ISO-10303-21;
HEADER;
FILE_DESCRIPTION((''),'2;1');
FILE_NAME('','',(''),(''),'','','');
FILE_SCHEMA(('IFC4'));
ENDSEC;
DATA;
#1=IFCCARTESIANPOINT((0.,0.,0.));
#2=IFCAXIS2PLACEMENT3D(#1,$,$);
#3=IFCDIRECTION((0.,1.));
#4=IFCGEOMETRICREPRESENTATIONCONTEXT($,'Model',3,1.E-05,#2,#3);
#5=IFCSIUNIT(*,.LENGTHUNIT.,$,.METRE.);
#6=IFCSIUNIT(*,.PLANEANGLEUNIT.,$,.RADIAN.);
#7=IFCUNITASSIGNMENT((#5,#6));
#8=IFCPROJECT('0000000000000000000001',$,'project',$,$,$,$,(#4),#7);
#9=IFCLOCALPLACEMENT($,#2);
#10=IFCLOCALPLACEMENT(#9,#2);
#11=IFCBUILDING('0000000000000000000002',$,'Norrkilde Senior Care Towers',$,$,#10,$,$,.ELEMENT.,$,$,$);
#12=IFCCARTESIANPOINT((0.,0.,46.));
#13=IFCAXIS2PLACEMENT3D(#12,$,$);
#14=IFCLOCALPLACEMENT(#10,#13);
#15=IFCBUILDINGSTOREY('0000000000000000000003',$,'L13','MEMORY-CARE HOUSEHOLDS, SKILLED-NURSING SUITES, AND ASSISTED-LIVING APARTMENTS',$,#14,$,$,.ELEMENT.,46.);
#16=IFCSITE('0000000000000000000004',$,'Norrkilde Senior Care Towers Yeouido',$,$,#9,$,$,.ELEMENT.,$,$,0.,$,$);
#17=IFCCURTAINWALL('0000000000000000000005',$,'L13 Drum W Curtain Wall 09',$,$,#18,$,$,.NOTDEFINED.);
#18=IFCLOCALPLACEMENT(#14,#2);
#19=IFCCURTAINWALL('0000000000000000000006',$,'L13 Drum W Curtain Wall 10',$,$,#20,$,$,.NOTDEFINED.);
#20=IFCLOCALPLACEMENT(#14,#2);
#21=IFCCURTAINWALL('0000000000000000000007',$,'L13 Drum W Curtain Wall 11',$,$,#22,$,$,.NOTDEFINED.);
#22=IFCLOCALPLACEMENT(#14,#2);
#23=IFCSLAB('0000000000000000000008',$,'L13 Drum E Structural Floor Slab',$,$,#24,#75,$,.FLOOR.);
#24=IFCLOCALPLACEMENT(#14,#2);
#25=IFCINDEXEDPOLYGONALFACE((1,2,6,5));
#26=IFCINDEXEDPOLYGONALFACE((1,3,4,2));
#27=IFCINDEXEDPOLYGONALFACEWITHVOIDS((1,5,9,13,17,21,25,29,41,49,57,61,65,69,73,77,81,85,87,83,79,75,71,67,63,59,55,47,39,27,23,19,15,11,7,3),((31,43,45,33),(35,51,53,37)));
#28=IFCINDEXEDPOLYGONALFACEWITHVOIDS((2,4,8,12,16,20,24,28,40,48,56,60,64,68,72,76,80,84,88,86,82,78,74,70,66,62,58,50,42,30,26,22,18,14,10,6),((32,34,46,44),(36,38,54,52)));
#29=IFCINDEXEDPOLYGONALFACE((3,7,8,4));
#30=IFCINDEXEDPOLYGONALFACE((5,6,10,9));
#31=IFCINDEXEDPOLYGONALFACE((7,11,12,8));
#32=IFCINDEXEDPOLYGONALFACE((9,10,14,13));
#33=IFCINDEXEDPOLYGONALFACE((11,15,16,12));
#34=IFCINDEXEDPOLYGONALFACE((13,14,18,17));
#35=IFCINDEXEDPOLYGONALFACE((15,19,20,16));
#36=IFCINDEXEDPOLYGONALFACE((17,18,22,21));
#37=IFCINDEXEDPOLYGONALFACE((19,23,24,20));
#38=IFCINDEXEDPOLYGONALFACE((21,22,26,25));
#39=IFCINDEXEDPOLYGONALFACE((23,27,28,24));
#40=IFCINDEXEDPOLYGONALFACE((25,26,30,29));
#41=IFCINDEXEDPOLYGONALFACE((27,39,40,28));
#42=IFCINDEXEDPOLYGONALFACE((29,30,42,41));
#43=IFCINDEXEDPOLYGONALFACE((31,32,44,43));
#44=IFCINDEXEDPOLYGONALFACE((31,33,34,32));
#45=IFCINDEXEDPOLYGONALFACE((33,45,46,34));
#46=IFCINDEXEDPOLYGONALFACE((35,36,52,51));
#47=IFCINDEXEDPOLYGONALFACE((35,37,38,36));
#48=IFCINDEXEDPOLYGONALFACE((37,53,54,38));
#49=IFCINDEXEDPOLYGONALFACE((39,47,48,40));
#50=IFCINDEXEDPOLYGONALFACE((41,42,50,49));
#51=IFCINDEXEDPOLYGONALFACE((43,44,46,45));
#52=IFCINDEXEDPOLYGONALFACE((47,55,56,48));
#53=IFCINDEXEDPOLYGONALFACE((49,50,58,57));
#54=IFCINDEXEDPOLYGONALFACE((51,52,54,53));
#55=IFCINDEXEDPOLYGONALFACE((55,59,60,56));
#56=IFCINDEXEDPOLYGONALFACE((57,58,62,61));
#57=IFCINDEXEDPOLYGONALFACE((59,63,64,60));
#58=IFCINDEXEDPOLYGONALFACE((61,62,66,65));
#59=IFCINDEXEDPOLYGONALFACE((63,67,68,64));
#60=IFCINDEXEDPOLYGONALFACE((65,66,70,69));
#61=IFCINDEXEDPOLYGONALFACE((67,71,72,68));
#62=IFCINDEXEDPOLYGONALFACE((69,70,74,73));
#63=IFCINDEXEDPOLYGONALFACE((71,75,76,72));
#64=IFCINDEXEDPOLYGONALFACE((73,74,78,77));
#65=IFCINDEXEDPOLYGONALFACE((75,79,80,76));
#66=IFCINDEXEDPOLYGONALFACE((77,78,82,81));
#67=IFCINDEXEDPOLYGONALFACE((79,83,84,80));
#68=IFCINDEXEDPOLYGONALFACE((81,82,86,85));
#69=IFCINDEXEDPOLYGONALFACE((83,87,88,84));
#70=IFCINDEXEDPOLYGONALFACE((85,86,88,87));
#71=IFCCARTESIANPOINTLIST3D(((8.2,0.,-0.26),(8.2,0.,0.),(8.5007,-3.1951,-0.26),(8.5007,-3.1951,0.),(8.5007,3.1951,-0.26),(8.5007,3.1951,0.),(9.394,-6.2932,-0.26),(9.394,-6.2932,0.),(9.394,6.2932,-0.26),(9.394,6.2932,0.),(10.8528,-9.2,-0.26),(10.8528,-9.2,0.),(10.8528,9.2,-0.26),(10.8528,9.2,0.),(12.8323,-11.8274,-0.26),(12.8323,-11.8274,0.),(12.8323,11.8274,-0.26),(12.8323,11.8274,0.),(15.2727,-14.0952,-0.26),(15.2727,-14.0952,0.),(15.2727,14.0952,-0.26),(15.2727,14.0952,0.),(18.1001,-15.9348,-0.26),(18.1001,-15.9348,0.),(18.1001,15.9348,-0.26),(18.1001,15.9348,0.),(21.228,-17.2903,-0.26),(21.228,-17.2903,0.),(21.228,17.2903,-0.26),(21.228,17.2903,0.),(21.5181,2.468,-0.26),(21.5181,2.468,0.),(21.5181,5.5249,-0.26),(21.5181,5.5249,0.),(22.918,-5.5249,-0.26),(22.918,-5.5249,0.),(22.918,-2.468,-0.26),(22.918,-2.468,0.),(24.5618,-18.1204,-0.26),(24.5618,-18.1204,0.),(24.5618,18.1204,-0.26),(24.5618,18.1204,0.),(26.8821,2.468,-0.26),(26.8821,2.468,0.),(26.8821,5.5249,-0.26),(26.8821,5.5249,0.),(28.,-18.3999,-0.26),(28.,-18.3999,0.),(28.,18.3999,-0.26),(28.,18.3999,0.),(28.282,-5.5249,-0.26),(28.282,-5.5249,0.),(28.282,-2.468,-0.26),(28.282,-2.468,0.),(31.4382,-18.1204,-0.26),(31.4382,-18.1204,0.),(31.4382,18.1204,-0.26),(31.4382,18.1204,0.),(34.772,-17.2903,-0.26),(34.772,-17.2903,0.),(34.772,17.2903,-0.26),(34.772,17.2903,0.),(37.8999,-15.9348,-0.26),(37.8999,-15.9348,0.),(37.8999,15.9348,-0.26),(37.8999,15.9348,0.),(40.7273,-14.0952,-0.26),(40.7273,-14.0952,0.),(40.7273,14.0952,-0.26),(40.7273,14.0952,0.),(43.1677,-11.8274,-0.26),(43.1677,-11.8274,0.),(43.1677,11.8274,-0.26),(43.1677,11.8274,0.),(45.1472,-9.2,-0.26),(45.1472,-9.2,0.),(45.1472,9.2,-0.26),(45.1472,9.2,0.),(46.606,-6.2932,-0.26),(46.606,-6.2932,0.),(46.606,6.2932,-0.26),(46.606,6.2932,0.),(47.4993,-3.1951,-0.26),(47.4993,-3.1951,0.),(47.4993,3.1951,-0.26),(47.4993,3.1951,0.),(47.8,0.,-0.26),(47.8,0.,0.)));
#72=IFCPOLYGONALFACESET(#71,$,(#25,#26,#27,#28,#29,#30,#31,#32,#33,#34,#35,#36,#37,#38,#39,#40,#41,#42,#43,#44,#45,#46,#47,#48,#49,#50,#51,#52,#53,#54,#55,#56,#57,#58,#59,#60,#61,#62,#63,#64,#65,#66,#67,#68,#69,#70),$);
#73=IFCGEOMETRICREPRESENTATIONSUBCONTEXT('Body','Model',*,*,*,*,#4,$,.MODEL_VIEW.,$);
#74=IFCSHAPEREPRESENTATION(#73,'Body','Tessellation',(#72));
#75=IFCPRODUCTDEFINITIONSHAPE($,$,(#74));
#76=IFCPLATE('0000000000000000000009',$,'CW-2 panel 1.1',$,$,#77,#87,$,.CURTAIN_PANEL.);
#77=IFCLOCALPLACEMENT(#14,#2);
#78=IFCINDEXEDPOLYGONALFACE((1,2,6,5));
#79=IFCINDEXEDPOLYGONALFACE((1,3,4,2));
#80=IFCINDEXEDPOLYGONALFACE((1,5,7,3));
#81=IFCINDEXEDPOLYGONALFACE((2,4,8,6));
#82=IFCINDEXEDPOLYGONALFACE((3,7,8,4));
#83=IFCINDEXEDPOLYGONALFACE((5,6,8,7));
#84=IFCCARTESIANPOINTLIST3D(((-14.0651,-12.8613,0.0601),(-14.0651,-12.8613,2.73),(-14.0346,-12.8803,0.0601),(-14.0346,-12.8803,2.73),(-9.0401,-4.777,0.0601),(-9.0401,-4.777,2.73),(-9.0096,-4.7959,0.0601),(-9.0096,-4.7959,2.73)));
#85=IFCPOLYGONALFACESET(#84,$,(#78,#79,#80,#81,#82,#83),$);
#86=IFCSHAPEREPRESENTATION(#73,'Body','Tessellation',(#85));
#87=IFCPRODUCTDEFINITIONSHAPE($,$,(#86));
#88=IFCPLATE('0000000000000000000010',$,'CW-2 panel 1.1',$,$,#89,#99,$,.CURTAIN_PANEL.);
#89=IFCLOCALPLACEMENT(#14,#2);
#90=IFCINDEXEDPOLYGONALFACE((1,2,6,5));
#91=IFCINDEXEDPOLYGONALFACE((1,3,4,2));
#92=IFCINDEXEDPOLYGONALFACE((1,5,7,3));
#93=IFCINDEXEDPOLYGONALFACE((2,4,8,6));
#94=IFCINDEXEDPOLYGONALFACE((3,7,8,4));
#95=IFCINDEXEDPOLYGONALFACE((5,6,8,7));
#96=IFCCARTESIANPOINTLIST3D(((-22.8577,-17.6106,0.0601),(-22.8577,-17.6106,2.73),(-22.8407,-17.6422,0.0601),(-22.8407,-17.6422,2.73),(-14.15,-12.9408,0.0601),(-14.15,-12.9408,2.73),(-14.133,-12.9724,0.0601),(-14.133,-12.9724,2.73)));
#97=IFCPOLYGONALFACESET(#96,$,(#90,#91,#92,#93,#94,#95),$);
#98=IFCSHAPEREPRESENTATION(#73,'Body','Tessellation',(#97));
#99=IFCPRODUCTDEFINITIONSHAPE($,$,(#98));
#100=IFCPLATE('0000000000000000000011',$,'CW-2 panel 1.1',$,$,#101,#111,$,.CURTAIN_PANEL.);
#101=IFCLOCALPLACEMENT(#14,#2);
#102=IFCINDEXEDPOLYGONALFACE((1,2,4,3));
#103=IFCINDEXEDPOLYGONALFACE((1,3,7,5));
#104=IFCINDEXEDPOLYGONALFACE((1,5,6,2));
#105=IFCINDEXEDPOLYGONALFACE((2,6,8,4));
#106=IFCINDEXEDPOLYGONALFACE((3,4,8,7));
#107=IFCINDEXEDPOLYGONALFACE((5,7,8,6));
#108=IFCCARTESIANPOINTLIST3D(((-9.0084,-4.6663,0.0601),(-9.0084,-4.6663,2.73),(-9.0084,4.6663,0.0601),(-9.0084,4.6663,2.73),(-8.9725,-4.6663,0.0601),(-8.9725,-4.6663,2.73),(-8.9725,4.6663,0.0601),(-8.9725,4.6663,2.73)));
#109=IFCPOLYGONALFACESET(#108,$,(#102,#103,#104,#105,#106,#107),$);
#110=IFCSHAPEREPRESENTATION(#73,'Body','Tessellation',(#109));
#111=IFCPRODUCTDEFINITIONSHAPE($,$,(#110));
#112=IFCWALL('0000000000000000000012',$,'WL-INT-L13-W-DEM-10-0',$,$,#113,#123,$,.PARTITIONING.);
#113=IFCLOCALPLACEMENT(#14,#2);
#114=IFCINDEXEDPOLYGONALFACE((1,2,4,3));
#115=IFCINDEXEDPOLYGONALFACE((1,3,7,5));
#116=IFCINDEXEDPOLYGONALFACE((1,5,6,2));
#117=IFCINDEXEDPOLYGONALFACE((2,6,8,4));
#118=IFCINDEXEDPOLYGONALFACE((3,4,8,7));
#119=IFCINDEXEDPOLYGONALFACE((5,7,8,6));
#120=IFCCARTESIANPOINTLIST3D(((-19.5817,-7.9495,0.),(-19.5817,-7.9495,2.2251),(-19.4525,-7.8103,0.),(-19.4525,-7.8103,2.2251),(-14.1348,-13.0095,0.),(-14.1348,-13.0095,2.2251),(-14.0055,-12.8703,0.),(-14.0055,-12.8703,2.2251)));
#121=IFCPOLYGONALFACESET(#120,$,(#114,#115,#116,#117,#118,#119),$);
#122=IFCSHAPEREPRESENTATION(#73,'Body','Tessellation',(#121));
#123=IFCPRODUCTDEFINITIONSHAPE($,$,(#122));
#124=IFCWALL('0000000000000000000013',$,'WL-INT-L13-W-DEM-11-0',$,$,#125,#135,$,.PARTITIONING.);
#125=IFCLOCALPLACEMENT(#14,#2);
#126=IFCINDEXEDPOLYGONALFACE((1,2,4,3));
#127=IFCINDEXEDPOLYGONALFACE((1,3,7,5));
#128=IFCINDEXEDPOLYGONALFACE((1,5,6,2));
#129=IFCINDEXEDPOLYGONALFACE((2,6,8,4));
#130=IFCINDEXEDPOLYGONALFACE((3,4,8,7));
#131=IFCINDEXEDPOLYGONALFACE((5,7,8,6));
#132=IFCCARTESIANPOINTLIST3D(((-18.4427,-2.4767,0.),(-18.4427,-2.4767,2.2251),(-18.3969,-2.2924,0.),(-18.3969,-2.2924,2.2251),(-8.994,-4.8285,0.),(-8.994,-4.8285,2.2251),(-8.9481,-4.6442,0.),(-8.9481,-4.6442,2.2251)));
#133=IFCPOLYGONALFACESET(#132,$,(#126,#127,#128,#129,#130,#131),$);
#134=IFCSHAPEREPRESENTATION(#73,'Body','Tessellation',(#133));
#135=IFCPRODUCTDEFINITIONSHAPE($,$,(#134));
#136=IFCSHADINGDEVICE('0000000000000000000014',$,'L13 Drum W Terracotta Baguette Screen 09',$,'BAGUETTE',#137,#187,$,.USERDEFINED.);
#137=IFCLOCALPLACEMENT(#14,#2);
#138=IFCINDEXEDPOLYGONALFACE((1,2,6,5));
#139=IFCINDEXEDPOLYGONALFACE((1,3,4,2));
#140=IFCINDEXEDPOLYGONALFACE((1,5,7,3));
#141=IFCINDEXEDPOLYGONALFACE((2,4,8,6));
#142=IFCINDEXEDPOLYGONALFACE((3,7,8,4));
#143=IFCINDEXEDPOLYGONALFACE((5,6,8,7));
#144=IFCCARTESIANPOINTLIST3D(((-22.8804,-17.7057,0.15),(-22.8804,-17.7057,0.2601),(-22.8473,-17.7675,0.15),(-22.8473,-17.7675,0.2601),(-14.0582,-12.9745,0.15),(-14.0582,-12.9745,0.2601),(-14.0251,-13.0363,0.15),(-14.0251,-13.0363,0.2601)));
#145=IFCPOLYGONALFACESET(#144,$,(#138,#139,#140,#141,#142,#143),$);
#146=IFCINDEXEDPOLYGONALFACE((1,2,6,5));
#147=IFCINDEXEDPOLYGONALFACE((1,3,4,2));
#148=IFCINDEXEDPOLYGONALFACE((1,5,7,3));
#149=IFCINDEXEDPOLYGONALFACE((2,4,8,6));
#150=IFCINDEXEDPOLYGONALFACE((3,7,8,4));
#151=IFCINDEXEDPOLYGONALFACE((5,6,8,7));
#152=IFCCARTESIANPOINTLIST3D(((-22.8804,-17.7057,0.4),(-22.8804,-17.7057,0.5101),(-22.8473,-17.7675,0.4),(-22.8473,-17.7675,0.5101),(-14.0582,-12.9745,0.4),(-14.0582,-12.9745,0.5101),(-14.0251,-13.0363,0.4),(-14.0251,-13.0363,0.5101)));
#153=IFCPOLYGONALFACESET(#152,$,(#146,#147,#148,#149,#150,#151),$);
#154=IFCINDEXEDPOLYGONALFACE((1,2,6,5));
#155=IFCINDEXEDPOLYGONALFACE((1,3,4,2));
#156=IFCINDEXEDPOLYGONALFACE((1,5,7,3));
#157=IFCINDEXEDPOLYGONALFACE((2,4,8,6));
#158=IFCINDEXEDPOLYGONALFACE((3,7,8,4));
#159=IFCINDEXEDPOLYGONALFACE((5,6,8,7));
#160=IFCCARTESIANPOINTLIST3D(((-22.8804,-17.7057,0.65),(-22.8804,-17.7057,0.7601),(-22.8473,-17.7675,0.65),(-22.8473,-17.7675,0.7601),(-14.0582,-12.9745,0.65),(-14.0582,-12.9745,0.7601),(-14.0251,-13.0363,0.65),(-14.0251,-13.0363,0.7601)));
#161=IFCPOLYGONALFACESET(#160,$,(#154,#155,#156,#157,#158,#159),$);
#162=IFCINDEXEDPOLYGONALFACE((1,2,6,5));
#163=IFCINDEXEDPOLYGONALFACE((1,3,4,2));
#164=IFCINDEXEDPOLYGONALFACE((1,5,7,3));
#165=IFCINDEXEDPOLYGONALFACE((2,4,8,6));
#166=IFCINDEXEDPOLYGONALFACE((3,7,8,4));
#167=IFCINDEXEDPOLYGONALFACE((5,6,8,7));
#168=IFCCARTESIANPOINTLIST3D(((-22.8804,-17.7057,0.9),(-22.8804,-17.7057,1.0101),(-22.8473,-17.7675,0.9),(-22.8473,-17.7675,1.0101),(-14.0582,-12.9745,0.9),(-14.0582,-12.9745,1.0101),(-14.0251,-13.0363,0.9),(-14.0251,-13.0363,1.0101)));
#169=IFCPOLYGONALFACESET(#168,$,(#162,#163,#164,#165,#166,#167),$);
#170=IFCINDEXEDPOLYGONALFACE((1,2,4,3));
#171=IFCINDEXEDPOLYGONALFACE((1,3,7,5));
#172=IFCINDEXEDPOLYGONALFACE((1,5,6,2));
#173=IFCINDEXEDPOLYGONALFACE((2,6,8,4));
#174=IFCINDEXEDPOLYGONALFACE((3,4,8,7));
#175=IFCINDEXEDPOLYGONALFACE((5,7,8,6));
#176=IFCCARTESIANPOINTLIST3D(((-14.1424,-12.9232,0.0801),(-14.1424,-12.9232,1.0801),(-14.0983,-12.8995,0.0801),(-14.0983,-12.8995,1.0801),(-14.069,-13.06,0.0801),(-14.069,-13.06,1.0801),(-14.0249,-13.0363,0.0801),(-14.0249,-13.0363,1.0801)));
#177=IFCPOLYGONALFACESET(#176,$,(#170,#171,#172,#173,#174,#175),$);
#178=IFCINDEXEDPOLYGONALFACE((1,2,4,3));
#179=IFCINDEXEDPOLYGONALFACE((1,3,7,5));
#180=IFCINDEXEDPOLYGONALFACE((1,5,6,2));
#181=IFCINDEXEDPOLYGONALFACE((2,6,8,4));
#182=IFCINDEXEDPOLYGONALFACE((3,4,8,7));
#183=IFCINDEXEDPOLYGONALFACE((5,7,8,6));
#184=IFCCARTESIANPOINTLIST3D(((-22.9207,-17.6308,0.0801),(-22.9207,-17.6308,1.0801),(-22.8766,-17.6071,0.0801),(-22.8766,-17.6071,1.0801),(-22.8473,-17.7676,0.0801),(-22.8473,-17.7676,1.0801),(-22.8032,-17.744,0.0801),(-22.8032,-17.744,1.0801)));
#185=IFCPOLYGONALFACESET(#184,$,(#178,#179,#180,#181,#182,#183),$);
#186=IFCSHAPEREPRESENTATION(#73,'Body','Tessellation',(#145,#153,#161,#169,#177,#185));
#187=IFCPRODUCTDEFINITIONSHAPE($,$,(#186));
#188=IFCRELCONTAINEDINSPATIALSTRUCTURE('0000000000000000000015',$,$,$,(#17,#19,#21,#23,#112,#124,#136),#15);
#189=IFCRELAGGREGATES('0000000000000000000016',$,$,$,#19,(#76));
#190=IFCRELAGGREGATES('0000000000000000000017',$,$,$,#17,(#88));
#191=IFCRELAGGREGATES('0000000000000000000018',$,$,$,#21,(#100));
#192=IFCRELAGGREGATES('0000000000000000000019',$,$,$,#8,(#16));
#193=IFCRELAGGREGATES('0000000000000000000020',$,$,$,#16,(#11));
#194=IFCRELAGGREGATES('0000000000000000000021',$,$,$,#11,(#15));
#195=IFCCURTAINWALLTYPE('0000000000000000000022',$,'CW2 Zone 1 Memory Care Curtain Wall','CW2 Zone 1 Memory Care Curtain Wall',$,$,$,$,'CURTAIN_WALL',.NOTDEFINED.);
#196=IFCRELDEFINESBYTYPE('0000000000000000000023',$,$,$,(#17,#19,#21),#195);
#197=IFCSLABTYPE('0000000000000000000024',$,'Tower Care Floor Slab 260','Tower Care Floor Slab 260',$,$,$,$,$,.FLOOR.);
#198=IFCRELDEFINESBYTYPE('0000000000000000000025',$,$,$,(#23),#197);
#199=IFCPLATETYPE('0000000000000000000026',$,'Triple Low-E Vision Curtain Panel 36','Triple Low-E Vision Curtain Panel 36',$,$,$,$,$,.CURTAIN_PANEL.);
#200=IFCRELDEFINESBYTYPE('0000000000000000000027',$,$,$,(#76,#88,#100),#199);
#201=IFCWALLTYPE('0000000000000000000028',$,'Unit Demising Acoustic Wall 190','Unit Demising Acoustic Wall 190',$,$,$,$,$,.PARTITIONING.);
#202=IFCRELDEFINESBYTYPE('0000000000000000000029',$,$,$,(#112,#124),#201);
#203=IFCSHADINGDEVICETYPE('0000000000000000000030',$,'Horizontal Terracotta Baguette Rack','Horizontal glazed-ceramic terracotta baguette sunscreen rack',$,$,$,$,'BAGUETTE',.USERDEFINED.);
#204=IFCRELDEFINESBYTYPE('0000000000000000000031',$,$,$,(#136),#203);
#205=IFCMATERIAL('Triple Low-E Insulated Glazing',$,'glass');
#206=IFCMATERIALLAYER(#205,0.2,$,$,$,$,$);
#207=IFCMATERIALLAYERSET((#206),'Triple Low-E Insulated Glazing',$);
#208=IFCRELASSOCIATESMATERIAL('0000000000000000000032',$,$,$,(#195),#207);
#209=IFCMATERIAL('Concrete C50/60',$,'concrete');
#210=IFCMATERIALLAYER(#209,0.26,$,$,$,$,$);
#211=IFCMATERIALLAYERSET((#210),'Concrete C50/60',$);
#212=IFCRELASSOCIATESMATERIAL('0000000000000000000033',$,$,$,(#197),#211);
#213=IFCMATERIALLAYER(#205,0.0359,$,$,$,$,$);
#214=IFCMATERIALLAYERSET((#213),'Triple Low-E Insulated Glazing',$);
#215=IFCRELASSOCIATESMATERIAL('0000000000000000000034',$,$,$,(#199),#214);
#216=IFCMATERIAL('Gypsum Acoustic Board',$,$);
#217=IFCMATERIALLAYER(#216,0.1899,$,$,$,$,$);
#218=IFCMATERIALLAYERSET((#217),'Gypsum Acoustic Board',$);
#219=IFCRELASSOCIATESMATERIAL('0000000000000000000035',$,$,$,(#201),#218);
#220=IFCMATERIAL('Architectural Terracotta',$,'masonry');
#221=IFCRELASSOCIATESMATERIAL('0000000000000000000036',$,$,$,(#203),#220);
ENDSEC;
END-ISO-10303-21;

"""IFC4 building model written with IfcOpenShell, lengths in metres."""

from ifc_helpers import new_model, si_unit, direction, frame, frame_2d, origin, origin_2d, place, context, subcontext, project, spatial, polyline, rectangle, outline, extrude, source, transform, mapped, material, layer, layer_set, type_object, type_shapes, element, aggregate, save


model = new_model("IFC4")

# Units and contexts
model_context = context("Model", 3, precision=1e-05, world=origin(), true_north=direction((0.0, 1.0)))
body_context = subcontext(model_context, "Body", "Model", "MODEL_VIEW")
ifc_project = project(units=[si_unit("LENGTHUNIT", "METRE"), si_unit("PLANEANGLEUNIT", "RADIAN")], contexts=[model_context])

# Site, building, storey
site_placement = place(None, origin())
site = spatial("IfcSite", under=ifc_project, at=site_placement, Name="Norrkilde Senior Care Towers Yeouido", CompositionType="ELEMENT", RefElevation=0.0)
building_placement = place(site_placement, origin())
building = spatial("IfcBuilding", under=site, at=building_placement, Name="Norrkilde Senior Care Towers", CompositionType="ELEMENT")
storey_placement = place(building_placement, frame((0.0, 0.0, 46.0)))
storey = spatial("IfcBuildingStorey", under=building, at=storey_placement, Name="L13", Description="MEMORY-CARE HOUSEHOLDS, SKILLED-NURSING SUITES, AND ASSISTED-LIVING APARTMENTS", CompositionType="ELEMENT", Elevation=46.0)

# Curtain wall
ifc_material_1 = material(Name="Triple Low-E Insulated Glazing", Category="glass")
ifc_layer_1 = layer(ifc_material_1, 0.2)
ifc_layer_set_1 = layer_set([ifc_layer_1], Name="Triple Low-E Insulated Glazing")
curtain_wall_type = type_object("IfcCurtainWallType", Name="CW2 Zone 1 Memory Care Curtain Wall", Description="CW2 Zone 1 Memory Care Curtain Wall", ElementType="CURTAIN_WALL", PredefinedType="NOTDEFINED", material=ifc_layer_set_1)
curtain_wall_1_placement = place(storey_placement, origin())
curtain_wall_1 = element("IfcCurtainWall", 1, at=curtain_wall_1_placement, inside=storey, type_object=curtain_wall_type, Name="L13 Drum W Curtain Wall 09", PredefinedType="NOTDEFINED")

# Curtain wall
curtain_wall_2_placement = place(storey_placement, origin())
curtain_wall_2 = element("IfcCurtainWall", 2, at=curtain_wall_2_placement, inside=storey, type_object=curtain_wall_type, Name="L13 Drum W Curtain Wall 10", PredefinedType="NOTDEFINED")

# Curtain wall
curtain_wall_3_placement = place(storey_placement, origin())
curtain_wall_3 = element("IfcCurtainWall", 3, at=curtain_wall_3_placement, inside=storey, type_object=curtain_wall_type, Name="L13 Drum W Curtain Wall 11", PredefinedType="NOTDEFINED")

# Slab
ifc_material_2 = material(Name="Concrete C50/60", Category="concrete")
ifc_layer_2 = layer(ifc_material_2, 0.26)
ifc_layer_set_2 = layer_set([ifc_layer_2], Name="Concrete C50/60")
slab_type = type_object("IfcSlabType", Name="Tower Care Floor Slab 260", Description="Tower Care Floor Slab 260", PredefinedType="FLOOR", material=ifc_layer_set_2)
slab_1_placement = place(storey_placement, frame((0.0, 0.0, -0.26)))
element("IfcSlab", 4, at=slab_1_placement, inside=storey, type_object=slab_type, Name="L13 Drum E Structural Floor Slab", PredefinedType="FLOOR", context=body_context, shape_type="SweptSolid", body=[
    extrude(outline(polyline([(46.606, -6.2932), (45.1472, -9.2), (43.1677, -11.8274), (40.7273, -14.0952), (37.8999, -15.9348), (34.772, -17.2903), (31.4382, -18.1204), (28.0, -18.3999), (24.5618, -18.1204), (21.228, -17.2903), (18.1001, -15.9348), (15.2727, -14.0952), (12.8323, -11.8274), (10.8528, -9.2), (9.394, -6.2932), (8.5007, -3.1951), (8.2, 0.0), (8.5007, 3.1951), (9.394, 6.2932), (10.8528, 9.2), (12.8323, 11.8274), (15.2727, 14.0952), (18.1001, 15.9348), (21.228, 17.2903), (24.5618, 18.1204), (28.0, 18.3999), (31.4382, 18.1204), (34.772, 17.2903), (37.8999, 15.9348), (40.7273, 14.0952), (43.1677, 11.8274), (45.1472, 9.2), (46.606, 6.2932), (47.4993, 3.1951), (47.8, 0.0), (47.4993, -3.1951), (46.606, -6.2932)]), holes=[polyline([(21.5181, 2.468), (26.8821, 2.468), (26.8821, 5.5249), (21.5181, 5.5249), (21.5181, 2.468)]), polyline([(28.282, -5.5249), (28.282, -2.468), (22.918, -2.468), (22.918, -5.5249), (28.282, -5.5249)])]), origin(), (0.0, 0.0, 1.0), 0.26),
])

# Plates
ifc_layer_3 = layer(ifc_material_1, 0.0359)
ifc_layer_set_3 = layer_set([ifc_layer_3], Name="Triple Low-E Insulated Glazing")
plate_type = type_object("IfcPlateType", Name="Triple Low-E Vision Curtain Panel 36", Description="Triple Low-E Vision Curtain Panel 36", PredefinedType="CURTAIN_PANEL", material=ifc_layer_set_3)
shared_shape_1 = source(origin(), body_context, "Body", "SweptSolid", [
    extrude(rectangle(XDim=9.5188, YDim=0.0359, at=origin_2d()), origin(), (0.0, 0.0, 1.0), 2.6699),
])
plate_1_placement = place(storey_placement, frame((-11.5374, -8.8286, 0.0601), z_axis=(0.0, 0.0, 1.0), x_axis=(-0.527901, -0.849306, 0.0)))
plate_1 = element("IfcPlate", 5, at=plate_1_placement, type_object=plate_type, Name="CW-2 panel 1.1", PredefinedType="CURTAIN_PANEL", context=body_context, shape_type="MappedRepresentation", body=[
    mapped(shared_shape_1, transform((0.0, 0.0, 0.0), x_axis=(1.0, 0.0, 0.0), y_axis=(0.0, 1.0, 0.0), z_axis=(0.0, 0.0, 1.0), scale=1.0)),
])
aggregate(curtain_wall_2, [plate_1])
shared_shape_2 = source(origin(), body_context, "Body", "SweptSolid", [
    extrude(rectangle(XDim=9.8809, YDim=0.0359, at=origin_2d()), origin(), (0.0, 0.0, 1.0), 2.6699),
])
plate_2_placement = place(storey_placement, frame((-18.4954, -15.2915, 0.0601), z_axis=(0.0, 0.0, 1.0), x_axis=(-0.881273, -0.472608, 0.0)))
plate_2 = element("IfcPlate", 6, at=plate_2_placement, type_object=plate_type, Name="CW-2 panel 1.1", PredefinedType="CURTAIN_PANEL", context=body_context, shape_type="MappedRepresentation", body=[
    mapped(shared_shape_2, transform((0.0, 0.0, 0.0), x_axis=(1.0, 0.0, 0.0), y_axis=(0.0, 1.0, 0.0), z_axis=(0.0, 0.0, 1.0), scale=1.0)),
])
aggregate(curtain_wall_1, [plate_2])
shared_shape_3 = source(origin(), body_context, "Body", "SweptSolid", [
    extrude(rectangle(XDim=9.3325, YDim=0.0359, at=origin_2d()), origin(), (0.0, 0.0, 1.0), 2.6699),
])
type_shapes(plate_type, [shared_shape_1, shared_shape_2, shared_shape_3])
plate_3_placement = place(storey_placement, frame((-8.9905, 0.0, 0.0601), z_axis=(0.0, 0.0, 1.0), x_axis=(0.0, -1.0, 0.0)))
plate_3 = element("IfcPlate", 7, at=plate_3_placement, type_object=plate_type, Name="CW-2 panel 1.1", PredefinedType="CURTAIN_PANEL", context=body_context, shape_type="MappedRepresentation", body=[
    mapped(shared_shape_3, transform((0.0, 0.0, 0.0), x_axis=(1.0, 0.0, 0.0), y_axis=(0.0, 1.0, 0.0), z_axis=(0.0, 0.0, 1.0), scale=1.0)),
])
aggregate(curtain_wall_3, [plate_3])

# Shared definitions
ifc_material_3 = material(Name="Gypsum Acoustic Board")

# Walls
ifc_layer_4 = layer(ifc_material_3, 0.1899)
ifc_layer_set_4 = layer_set([ifc_layer_4], Name="Gypsum Acoustic Board")
wall_type_1 = type_object("IfcWallType", Name="Unit Demising Acoustic Wall 190", Description="Unit Demising Acoustic Wall 190", PredefinedType="PARTITIONING", material=ifc_layer_set_4)
shared_shape_4 = source(origin(), body_context, "Body", "SweptSolid", [
    extrude(rectangle(XDim=7.4346, YDim=0.1899, at=frame_2d((3.7173, 0.0))), origin(), (0.0, 0.0, 1.0), 2.2251),
])
wall_1_placement = place(storey_placement, frame((-19.5171, -7.8799, 0.0), z_axis=(0.0, 0.0, 1.0), x_axis=(0.732652, -0.680603, 0.0)))
element("IfcWall", 8, at=wall_1_placement, inside=storey, type_object=wall_type_1, Name="WL-INT-L13-W-DEM-10-0", PredefinedType="PARTITIONING", context=body_context, shape_type="MappedRepresentation", body=[
    mapped(shared_shape_4, transform((0.0, 0.0, 0.0), x_axis=(1.0, 0.0, 0.0), y_axis=(0.0, 1.0, 0.0), z_axis=(0.0, 0.0, 1.0), scale=1.0)),
])
shared_shape_5 = source(origin(), body_context, "Body", "SweptSolid", [
    extrude(rectangle(XDim=9.7371, YDim=0.1899, at=frame_2d((4.8687, 0.0))), origin(), (0.0, 0.0, 1.0), 2.2251),
])
type_shapes(wall_type_1, [shared_shape_4, shared_shape_5])
wall_2_placement = place(storey_placement, frame((-18.4199, -2.3845, 0.0), z_axis=(0.0, 0.0, 1.0), x_axis=(0.970393, -0.241533, 0.0)))
element("IfcWall", 9, at=wall_2_placement, inside=storey, type_object=wall_type_1, Name="WL-INT-L13-W-DEM-11-0", PredefinedType="PARTITIONING", context=body_context, shape_type="MappedRepresentation", body=[
    mapped(shared_shape_5, transform((0.0, 0.0, 0.0), x_axis=(1.0, 0.0, 0.0), y_axis=(0.0, 1.0, 0.0), z_axis=(0.0, 0.0, 1.0), scale=1.0)),
])

# Shading device
ifc_material_4 = material(Name="Architectural Terracotta", Category="masonry")
shading_device_type = type_object("IfcShadingDeviceType", Name="Horizontal Terracotta Baguette Rack", Description="Horizontal glazed-ceramic terracotta baguette sunscreen rack", ElementType="BAGUETTE", PredefinedType="USERDEFINED", material=ifc_material_4)
shared_shape_6 = source(origin(), body_context, "Body", "SweptSolid", [
    extrude(rectangle(XDim=0.0701, YDim=0.1101, at=origin_2d()), frame((0.0, 0.0901, 0.125), z_axis=(1.0, 0.0, 0.0), x_axis=(0.0, 1.0, 0.0)), (0.0, 0.0, 1.0), 10.0107),
    extrude(rectangle(XDim=0.0701, YDim=0.1101, at=origin_2d()), frame((0.0, 0.0901, 0.375), z_axis=(1.0, 0.0, 0.0), x_axis=(0.0, 1.0, 0.0)), (0.0, 0.0, 1.0), 10.0107),
    extrude(rectangle(XDim=0.0701, YDim=0.1101, at=origin_2d()), frame((0.0, 0.0901, 0.625), z_axis=(1.0, 0.0, 0.0), x_axis=(0.0, 1.0, 0.0)), (0.0, 0.0, 1.0), 10.0107),
    extrude(rectangle(XDim=0.0701, YDim=0.1101, at=origin_2d()), frame((0.0, 0.0901, 0.875), z_axis=(1.0, 0.0, 0.0), x_axis=(0.0, 1.0, 0.0)), (0.0, 0.0, 1.0), 10.0107),
    extrude(rectangle(XDim=0.05, YDim=0.1553, at=origin_2d()), frame((0.0249, 0.0476, 0.0)), (0.0, 0.0, 1.0), 1.0),
    extrude(rectangle(XDim=0.05, YDim=0.1553, at=origin_2d()), frame((9.9858, 0.0476, 0.0)), (0.0, 0.0, 1.0), 1.0),
])
type_shapes(shading_device_type, [shared_shape_6])
shading_device_placement = place(storey_placement, frame((-14.0842, -12.926, 0.0801), z_axis=(0.0, 0.0, 1.0), x_axis=(-0.88128, -0.472612, 0.0)))
element("IfcShadingDevice", 10, at=shading_device_placement, inside=storey, type_object=shading_device_type, Name="L13 Drum W Terracotta Baguette Screen 09", ObjectType="BAGUETTE", PredefinedType="USERDEFINED", context=body_context, shape_type="MappedRepresentation", body=[
    mapped(shared_shape_6, transform((0.0, 0.0, 0.0), x_axis=(1.0, 0.0, 0.0), y_axis=(0.0, 1.0, 0.0), z_axis=(0.0, 0.0, 1.0), scale=1.0)),
])

save(model, "model.ifc")
